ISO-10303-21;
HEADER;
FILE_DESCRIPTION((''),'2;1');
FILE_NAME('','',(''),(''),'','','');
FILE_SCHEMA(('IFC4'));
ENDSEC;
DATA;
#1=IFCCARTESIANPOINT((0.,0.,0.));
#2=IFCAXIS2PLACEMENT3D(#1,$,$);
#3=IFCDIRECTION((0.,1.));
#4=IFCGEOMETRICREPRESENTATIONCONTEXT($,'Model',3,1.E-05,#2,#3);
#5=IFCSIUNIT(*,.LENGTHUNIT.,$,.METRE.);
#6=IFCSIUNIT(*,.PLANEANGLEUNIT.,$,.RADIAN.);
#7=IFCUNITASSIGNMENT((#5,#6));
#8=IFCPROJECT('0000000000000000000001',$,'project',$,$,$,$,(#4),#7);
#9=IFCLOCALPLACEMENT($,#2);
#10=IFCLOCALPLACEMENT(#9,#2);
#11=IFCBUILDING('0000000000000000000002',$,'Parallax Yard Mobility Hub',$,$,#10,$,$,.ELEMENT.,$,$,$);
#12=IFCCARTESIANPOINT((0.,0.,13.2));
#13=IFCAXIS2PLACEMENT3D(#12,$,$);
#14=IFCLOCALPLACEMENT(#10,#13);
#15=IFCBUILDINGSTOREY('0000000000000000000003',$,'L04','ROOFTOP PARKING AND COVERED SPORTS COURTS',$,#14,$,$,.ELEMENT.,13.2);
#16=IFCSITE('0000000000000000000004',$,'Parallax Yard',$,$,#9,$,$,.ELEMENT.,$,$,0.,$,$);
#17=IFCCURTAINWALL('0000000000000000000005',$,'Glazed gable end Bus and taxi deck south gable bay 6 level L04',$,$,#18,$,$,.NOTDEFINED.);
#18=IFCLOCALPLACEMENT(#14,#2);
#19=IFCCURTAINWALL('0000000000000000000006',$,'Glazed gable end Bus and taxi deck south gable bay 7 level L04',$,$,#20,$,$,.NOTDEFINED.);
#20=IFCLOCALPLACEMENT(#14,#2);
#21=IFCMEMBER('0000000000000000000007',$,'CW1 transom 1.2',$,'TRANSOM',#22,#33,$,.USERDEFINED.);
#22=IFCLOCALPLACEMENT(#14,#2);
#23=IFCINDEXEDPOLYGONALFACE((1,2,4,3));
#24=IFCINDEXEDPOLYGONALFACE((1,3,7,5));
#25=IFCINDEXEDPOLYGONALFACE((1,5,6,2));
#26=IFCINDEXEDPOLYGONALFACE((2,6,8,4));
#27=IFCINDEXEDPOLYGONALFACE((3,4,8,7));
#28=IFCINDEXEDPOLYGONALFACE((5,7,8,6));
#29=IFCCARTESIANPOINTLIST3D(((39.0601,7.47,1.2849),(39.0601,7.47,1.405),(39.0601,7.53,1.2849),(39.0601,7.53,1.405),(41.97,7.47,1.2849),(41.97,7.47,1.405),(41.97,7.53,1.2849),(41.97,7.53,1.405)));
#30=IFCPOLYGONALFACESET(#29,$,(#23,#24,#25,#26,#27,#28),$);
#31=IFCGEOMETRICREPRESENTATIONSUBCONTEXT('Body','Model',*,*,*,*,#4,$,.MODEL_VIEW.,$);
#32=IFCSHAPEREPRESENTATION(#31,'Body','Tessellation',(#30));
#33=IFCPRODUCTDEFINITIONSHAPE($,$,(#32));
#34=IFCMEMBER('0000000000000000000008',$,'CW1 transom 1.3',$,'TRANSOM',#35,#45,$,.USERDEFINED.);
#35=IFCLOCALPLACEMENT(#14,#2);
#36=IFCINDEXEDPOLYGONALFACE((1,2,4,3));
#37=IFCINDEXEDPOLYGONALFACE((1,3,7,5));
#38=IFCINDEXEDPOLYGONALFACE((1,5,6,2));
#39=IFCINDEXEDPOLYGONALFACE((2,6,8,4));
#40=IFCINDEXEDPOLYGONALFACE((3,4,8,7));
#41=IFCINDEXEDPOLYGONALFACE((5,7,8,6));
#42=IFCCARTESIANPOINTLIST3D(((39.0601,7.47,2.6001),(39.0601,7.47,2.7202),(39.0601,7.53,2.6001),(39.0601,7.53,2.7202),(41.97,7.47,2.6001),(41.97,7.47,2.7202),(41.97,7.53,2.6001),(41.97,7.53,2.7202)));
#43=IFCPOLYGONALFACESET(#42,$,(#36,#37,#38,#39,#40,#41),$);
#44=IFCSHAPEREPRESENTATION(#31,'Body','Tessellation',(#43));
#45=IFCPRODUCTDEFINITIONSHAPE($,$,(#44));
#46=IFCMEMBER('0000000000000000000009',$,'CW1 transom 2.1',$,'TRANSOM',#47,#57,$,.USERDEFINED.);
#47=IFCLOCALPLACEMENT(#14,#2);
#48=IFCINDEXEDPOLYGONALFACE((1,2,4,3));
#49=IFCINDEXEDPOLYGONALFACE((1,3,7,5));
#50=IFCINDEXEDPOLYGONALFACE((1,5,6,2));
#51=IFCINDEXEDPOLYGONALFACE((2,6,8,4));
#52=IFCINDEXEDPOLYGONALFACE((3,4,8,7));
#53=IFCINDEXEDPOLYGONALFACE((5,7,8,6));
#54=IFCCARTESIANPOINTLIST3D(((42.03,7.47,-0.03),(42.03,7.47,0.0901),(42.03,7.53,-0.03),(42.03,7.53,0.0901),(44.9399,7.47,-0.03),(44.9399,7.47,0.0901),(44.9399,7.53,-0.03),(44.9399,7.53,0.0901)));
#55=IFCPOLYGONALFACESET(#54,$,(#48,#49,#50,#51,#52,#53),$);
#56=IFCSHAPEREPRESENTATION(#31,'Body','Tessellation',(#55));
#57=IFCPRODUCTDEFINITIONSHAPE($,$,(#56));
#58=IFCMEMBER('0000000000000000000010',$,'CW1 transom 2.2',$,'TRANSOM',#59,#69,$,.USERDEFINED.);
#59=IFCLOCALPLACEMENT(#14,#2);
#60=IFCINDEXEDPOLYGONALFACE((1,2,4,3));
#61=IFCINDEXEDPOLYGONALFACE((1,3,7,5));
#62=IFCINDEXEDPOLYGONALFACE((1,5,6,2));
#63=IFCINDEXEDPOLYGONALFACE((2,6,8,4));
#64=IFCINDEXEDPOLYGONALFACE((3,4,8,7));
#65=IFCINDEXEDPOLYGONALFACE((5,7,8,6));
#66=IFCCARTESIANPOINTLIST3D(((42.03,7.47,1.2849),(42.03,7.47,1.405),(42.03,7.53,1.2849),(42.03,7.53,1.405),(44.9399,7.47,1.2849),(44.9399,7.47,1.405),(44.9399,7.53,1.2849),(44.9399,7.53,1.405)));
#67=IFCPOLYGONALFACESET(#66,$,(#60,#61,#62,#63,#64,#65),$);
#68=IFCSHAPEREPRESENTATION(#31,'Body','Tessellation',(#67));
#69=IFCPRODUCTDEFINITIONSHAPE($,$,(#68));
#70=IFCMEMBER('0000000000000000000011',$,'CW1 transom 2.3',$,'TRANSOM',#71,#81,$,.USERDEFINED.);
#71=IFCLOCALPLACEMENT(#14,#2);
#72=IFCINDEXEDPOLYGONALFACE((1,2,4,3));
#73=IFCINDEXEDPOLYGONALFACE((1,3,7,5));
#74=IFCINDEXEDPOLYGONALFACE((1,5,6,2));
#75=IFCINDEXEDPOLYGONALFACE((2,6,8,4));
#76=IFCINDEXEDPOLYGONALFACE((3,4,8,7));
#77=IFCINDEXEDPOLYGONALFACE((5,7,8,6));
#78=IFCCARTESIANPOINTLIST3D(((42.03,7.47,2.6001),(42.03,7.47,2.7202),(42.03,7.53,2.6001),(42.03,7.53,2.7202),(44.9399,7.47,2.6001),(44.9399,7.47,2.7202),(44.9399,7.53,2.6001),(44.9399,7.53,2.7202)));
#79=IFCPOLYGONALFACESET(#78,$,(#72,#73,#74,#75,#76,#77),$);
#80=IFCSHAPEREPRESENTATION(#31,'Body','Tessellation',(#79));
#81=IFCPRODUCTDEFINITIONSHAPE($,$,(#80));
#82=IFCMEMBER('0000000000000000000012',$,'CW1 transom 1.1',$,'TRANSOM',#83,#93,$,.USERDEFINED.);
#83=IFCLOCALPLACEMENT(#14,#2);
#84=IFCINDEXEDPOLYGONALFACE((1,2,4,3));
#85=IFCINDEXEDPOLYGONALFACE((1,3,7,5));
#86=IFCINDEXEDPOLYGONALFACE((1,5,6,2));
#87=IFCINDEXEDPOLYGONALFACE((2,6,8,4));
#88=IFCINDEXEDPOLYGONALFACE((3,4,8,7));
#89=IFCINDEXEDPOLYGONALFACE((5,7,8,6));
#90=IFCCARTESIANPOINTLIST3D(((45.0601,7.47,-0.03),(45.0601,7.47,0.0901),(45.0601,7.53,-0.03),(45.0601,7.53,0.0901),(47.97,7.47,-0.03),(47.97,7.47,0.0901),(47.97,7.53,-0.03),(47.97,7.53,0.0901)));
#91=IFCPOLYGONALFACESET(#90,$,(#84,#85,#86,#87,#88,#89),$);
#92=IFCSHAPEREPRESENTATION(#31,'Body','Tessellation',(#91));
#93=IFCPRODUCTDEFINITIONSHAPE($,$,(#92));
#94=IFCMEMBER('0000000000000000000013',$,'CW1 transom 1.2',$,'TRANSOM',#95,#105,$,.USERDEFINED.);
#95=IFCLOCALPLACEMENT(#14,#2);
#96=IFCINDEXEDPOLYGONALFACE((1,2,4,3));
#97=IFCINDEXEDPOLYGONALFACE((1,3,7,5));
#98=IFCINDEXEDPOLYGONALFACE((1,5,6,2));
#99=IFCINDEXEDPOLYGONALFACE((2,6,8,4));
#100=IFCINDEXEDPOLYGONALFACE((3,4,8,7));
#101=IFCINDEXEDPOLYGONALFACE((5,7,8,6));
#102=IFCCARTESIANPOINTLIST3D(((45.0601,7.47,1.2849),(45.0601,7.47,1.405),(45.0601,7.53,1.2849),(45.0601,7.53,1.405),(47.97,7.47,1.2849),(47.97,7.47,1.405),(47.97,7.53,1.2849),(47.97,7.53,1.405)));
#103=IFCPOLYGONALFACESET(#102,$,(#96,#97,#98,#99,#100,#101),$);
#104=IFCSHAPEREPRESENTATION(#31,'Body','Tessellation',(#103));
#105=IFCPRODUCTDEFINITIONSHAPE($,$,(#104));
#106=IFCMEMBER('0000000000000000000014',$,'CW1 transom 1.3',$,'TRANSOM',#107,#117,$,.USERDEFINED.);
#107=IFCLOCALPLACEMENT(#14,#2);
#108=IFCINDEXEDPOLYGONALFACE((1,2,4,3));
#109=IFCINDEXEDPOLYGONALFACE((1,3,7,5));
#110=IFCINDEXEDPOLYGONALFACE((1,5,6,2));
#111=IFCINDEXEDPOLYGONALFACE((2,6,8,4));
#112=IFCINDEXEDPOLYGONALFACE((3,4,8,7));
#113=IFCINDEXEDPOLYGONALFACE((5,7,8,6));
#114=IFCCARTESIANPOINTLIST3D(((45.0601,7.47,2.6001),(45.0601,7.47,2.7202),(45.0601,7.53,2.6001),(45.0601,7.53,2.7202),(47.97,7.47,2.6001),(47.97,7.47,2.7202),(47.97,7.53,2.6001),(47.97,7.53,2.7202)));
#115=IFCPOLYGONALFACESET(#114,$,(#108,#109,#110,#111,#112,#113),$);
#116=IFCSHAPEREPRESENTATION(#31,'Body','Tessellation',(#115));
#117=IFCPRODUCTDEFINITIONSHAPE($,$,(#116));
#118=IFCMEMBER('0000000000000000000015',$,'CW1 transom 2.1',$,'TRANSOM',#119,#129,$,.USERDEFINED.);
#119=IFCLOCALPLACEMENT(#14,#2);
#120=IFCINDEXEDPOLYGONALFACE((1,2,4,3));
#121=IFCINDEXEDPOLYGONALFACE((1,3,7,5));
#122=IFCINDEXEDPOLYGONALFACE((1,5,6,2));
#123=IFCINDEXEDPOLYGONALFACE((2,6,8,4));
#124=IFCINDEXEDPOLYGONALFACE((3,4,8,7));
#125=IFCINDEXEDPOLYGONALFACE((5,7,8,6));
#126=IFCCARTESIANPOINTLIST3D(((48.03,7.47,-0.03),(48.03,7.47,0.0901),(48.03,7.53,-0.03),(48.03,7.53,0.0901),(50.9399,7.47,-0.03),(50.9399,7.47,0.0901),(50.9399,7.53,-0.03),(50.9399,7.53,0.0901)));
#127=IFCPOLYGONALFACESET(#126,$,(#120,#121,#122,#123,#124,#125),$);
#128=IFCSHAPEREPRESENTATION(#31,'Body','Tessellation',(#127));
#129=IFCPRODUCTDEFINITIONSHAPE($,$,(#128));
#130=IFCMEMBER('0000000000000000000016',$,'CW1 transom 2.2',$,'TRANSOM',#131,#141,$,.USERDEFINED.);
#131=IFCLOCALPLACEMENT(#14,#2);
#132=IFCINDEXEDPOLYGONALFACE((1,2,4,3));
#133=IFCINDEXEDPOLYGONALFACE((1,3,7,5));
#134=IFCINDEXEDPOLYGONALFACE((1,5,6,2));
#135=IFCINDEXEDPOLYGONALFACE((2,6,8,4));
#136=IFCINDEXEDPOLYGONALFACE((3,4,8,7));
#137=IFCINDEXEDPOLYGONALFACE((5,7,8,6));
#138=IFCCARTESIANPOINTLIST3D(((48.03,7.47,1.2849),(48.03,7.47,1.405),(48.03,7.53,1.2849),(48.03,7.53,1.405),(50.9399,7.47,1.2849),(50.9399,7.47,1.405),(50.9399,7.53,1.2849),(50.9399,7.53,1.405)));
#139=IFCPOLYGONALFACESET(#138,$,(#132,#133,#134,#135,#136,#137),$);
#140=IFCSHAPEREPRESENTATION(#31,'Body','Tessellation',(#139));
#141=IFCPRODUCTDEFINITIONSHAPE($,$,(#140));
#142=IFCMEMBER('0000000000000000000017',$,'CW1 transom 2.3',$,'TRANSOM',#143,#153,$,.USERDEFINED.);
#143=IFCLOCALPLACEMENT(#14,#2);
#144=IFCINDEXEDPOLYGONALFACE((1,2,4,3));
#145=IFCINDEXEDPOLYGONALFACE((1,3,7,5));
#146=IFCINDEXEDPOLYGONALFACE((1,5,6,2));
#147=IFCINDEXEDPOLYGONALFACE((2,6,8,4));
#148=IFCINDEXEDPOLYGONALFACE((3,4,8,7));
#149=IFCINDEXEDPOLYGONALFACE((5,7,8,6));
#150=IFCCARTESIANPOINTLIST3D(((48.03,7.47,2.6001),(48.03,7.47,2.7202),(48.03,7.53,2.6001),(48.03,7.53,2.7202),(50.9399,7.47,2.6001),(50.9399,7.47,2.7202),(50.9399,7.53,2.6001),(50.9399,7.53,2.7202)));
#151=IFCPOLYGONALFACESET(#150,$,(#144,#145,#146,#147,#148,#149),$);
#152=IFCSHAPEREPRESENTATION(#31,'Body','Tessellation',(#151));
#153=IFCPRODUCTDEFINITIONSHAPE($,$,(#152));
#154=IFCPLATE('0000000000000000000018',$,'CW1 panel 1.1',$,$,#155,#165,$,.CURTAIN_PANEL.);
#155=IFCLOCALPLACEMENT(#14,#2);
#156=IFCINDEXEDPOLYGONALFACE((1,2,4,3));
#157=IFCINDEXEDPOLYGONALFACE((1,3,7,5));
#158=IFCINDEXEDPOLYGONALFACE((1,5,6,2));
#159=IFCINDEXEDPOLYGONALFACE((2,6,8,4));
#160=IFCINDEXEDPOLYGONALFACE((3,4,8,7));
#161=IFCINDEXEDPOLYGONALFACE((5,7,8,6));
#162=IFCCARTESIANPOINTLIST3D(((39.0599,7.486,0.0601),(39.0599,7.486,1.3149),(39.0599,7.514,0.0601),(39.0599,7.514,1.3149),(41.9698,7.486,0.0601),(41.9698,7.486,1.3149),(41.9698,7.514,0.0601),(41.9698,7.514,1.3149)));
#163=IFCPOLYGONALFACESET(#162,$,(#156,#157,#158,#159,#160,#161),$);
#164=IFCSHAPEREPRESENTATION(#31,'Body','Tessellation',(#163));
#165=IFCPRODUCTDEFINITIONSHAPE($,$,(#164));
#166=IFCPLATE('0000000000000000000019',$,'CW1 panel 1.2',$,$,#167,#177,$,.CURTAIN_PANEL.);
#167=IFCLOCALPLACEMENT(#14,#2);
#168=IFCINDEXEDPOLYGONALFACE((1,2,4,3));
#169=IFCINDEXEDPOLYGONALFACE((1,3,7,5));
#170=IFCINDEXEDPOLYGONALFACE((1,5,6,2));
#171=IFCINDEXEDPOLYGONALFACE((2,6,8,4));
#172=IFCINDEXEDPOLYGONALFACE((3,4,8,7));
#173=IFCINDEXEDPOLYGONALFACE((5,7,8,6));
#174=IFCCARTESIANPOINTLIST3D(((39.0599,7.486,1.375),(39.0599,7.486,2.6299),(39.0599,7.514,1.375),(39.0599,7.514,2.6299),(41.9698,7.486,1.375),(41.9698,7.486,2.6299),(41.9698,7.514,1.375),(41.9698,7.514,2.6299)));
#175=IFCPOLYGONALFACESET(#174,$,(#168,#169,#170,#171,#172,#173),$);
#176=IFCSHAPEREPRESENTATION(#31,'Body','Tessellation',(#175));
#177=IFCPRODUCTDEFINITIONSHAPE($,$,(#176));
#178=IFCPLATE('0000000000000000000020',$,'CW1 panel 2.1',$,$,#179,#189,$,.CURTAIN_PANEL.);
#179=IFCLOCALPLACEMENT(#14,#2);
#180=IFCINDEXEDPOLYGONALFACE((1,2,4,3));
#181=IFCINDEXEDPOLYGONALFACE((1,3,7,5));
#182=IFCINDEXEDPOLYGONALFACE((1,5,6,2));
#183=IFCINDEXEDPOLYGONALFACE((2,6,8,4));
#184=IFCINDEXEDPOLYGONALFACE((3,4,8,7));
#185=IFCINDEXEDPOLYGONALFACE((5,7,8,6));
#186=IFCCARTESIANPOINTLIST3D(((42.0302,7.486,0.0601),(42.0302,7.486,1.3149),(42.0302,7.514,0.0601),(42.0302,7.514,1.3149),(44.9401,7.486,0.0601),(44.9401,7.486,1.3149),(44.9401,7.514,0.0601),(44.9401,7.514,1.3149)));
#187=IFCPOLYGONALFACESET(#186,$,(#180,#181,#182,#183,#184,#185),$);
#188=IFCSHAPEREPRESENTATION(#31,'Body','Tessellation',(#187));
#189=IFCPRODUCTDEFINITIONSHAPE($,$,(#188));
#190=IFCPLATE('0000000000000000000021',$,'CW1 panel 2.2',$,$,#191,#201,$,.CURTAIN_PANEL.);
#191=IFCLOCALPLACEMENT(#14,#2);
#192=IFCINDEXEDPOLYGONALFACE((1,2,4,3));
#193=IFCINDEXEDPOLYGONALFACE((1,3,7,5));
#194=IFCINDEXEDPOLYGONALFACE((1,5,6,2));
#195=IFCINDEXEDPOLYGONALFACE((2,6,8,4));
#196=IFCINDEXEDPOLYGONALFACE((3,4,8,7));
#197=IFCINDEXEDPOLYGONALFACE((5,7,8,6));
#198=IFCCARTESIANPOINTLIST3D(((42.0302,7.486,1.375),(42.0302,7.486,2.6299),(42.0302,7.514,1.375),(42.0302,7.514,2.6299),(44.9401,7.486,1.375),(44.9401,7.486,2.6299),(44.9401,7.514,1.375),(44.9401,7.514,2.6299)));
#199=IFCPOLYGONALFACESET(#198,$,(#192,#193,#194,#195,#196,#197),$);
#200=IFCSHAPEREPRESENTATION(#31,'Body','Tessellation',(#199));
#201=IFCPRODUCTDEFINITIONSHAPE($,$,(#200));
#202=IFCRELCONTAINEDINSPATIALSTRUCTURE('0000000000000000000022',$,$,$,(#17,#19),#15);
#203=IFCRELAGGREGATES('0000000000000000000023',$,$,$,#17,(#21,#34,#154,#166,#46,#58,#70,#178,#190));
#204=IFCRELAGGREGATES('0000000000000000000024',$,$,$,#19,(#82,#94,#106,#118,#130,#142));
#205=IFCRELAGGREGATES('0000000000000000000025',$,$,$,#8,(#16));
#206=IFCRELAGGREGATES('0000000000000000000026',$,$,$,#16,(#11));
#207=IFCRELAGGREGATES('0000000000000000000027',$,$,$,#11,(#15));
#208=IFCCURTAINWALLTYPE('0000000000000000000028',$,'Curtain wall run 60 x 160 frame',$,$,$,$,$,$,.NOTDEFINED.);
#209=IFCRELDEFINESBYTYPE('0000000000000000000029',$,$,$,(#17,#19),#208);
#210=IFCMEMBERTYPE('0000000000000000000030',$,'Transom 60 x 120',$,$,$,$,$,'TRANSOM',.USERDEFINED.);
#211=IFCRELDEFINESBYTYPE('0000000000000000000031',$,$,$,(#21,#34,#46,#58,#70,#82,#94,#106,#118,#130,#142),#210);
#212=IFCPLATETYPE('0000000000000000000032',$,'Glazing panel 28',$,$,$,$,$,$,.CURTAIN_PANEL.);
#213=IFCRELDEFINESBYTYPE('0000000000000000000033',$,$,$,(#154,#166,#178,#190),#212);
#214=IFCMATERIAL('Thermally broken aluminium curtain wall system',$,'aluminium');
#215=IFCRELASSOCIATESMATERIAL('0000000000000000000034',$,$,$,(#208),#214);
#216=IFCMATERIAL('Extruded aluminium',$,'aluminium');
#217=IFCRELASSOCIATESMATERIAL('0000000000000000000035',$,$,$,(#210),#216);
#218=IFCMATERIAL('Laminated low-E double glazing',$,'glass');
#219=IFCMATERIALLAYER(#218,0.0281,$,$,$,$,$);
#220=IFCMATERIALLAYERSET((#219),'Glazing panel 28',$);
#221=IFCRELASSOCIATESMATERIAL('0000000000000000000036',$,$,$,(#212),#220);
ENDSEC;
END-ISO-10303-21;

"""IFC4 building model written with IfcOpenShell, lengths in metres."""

from ifc_helpers import new_model, si_unit, direction, frame, origin, origin_2d, place, context, subcontext, project, spatial, rectangle, extrude, material, layer, layer_set, material_profile, profile_set, type_object, element, aggregate, save


model = new_model("IFC4")

# Units and contexts
model_context = context("Model", 3, precision=1e-05, world=origin(), true_north=direction((0.0, 1.0)))
body_context = subcontext(model_context, "Body", "Model", "MODEL_VIEW")
ifc_project = project(units=[si_unit("LENGTHUNIT", "METRE"), si_unit("PLANEANGLEUNIT", "RADIAN")], contexts=[model_context])

# Site, building, storey
site_placement = place(None, origin())
site = spatial("IfcSite", under=ifc_project, at=site_placement, Name="Parallax Yard", CompositionType="ELEMENT", RefElevation=0.0)
building_placement = place(site_placement, origin())
building = spatial("IfcBuilding", under=site, at=building_placement, Name="Parallax Yard Mobility Hub", CompositionType="ELEMENT")
storey_placement = place(building_placement, frame((0.0, 0.0, 13.2)))
storey = spatial("IfcBuildingStorey", under=building, at=storey_placement, Name="L04", Description="ROOFTOP PARKING AND COVERED SPORTS COURTS", CompositionType="ELEMENT", Elevation=13.2)

# Shared definitions
ifc_material_1 = material(Name="Thermally broken aluminium curtain wall system", Category="aluminium")
curtain_wall_type = type_object("IfcCurtainWallType", Name="Curtain wall run 60 x 160 frame", PredefinedType="NOTDEFINED", material=ifc_material_1)
ifc_material_2 = material(Name="Extruded aluminium", Category="aluminium")

# Curtain walls
curtain_wall_1_placement = place(storey_placement, origin())
curtain_wall_1 = element("IfcCurtainWall", 1, at=curtain_wall_1_placement, inside=storey, type_object=curtain_wall_type, Name="Glazed gable end Bus and taxi deck south gable bay 6 level L04", PredefinedType="NOTDEFINED")
curtain_wall_2_placement = place(storey_placement, origin())
curtain_wall_2 = element("IfcCurtainWall", 2, at=curtain_wall_2_placement, inside=storey, type_object=curtain_wall_type, Name="Glazed gable end Bus and taxi deck south gable bay 7 level L04", PredefinedType="NOTDEFINED")

# Members
ifc_material_profile_1 = material_profile(ifc_material_2, rectangle(XDim=0.0601, YDim=0.1201, at=origin_2d()), Name="Transom 60 x 120")
ifc_profile_set_1 = profile_set([ifc_material_profile_1], Name="Extruded aluminium")
member_type_1 = type_object("IfcMemberType", Name="Transom 60 x 120", ElementType="TRANSOM", PredefinedType="USERDEFINED", material=ifc_profile_set_1)
member_1_placement = place(storey_placement, frame((39.0601, 7.5, 1.345), z_axis=(1.0, 0.0, 0.0), x_axis=(0.0, 1.0, 0.0)))
member_1 = element("IfcMember", 3, at=member_1_placement, type_object=member_type_1, Name="CW1 transom 1.2", ObjectType="TRANSOM", PredefinedType="USERDEFINED", context=body_context, shape_type="SweptSolid", body=[
    extrude(rectangle(XDim=0.0601, YDim=0.1201, at=origin_2d()), origin(), (0.0, 0.0, 1.0), 2.9099),
])
member_2_placement = place(storey_placement, frame((39.0601, 7.5, 2.6602), z_axis=(1.0, 0.0, 0.0), x_axis=(0.0, 1.0, 0.0)))
member_2 = element("IfcMember", 4, at=member_2_placement, type_object=member_type_1, Name="CW1 transom 1.3", ObjectType="TRANSOM", PredefinedType="USERDEFINED", context=body_context, shape_type="SweptSolid", body=[
    extrude(rectangle(XDim=0.0601, YDim=0.1201, at=origin_2d()), origin(), (0.0, 0.0, 1.0), 2.9099),
])
member_3_placement = place(storey_placement, frame((42.03, 7.5, 0.03), z_axis=(1.0, 0.0, 0.0), x_axis=(0.0, 1.0, 0.0)))
member_3 = element("IfcMember", 5, at=member_3_placement, type_object=member_type_1, Name="CW1 transom 2.1", ObjectType="TRANSOM", PredefinedType="USERDEFINED", context=body_context, shape_type="SweptSolid", body=[
    extrude(rectangle(XDim=0.0601, YDim=0.1201, at=origin_2d()), origin(), (0.0, 0.0, 1.0), 2.9099),
])
member_4_placement = place(storey_placement, frame((42.03, 7.5, 1.345), z_axis=(1.0, 0.0, 0.0), x_axis=(0.0, 1.0, 0.0)))
member_4 = element("IfcMember", 6, at=member_4_placement, type_object=member_type_1, Name="CW1 transom 2.2", ObjectType="TRANSOM", PredefinedType="USERDEFINED", context=body_context, shape_type="SweptSolid", body=[
    extrude(rectangle(XDim=0.0601, YDim=0.1201, at=origin_2d()), origin(), (0.0, 0.0, 1.0), 2.9099),
])
member_5_placement = place(storey_placement, frame((42.03, 7.5, 2.6602), z_axis=(1.0, 0.0, 0.0), x_axis=(0.0, 1.0, 0.0)))
member_5 = element("IfcMember", 7, at=member_5_placement, type_object=member_type_1, Name="CW1 transom 2.3", ObjectType="TRANSOM", PredefinedType="USERDEFINED", context=body_context, shape_type="SweptSolid", body=[
    extrude(rectangle(XDim=0.0601, YDim=0.1201, at=origin_2d()), origin(), (0.0, 0.0, 1.0), 2.9099),
])
member_6_placement = place(storey_placement, frame((45.0601, 7.5, 0.03), z_axis=(1.0, 0.0, 0.0), x_axis=(0.0, 1.0, 0.0)))
member_6 = element("IfcMember", 8, at=member_6_placement, type_object=member_type_1, Name="CW1 transom 1.1", ObjectType="TRANSOM", PredefinedType="USERDEFINED", context=body_context, shape_type="SweptSolid", body=[
    extrude(rectangle(XDim=0.0601, YDim=0.1201, at=origin_2d()), origin(), (0.0, 0.0, 1.0), 2.9099),
])
member_7_placement = place(storey_placement, frame((45.0601, 7.5, 1.345), z_axis=(1.0, 0.0, 0.0), x_axis=(0.0, 1.0, 0.0)))
member_7 = element("IfcMember", 9, at=member_7_placement, type_object=member_type_1, Name="CW1 transom 1.2", ObjectType="TRANSOM", PredefinedType="USERDEFINED", context=body_context, shape_type="SweptSolid", body=[
    extrude(rectangle(XDim=0.0601, YDim=0.1201, at=origin_2d()), origin(), (0.0, 0.0, 1.0), 2.9099),
])
member_8_placement = place(storey_placement, frame((45.0601, 7.5, 2.6602), z_axis=(1.0, 0.0, 0.0), x_axis=(0.0, 1.0, 0.0)))
member_8 = element("IfcMember", 10, at=member_8_placement, type_object=member_type_1, Name="CW1 transom 1.3", ObjectType="TRANSOM", PredefinedType="USERDEFINED", context=body_context, shape_type="SweptSolid", body=[
    extrude(rectangle(XDim=0.0601, YDim=0.1201, at=origin_2d()), origin(), (0.0, 0.0, 1.0), 2.9099),
])
member_9_placement = place(storey_placement, frame((48.03, 7.5, 0.03), z_axis=(1.0, 0.0, 0.0), x_axis=(0.0, 1.0, 0.0)))
member_9 = element("IfcMember", 11, at=member_9_placement, type_object=member_type_1, Name="CW1 transom 2.1", ObjectType="TRANSOM", PredefinedType="USERDEFINED", context=body_context, shape_type="SweptSolid", body=[
    extrude(rectangle(XDim=0.0601, YDim=0.1201, at=origin_2d()), origin(), (0.0, 0.0, 1.0), 2.9099),
])
member_10_placement = place(storey_placement, frame((48.03, 7.5, 1.345), z_axis=(1.0, 0.0, 0.0), x_axis=(0.0, 1.0, 0.0)))
member_10 = element("IfcMember", 12, at=member_10_placement, type_object=member_type_1, Name="CW1 transom 2.2", ObjectType="TRANSOM", PredefinedType="USERDEFINED", context=body_context, shape_type="SweptSolid", body=[
    extrude(rectangle(XDim=0.0601, YDim=0.1201, at=origin_2d()), origin(), (0.0, 0.0, 1.0), 2.9099),
])
member_11_placement = place(storey_placement, frame((48.03, 7.5, 2.6602), z_axis=(1.0, 0.0, 0.0), x_axis=(0.0, 1.0, 0.0)))
member_11 = element("IfcMember", 13, at=member_11_placement, type_object=member_type_1, Name="CW1 transom 2.3", ObjectType="TRANSOM", PredefinedType="USERDEFINED", context=body_context, shape_type="SweptSolid", body=[
    extrude(rectangle(XDim=0.0601, YDim=0.1201, at=origin_2d()), origin(), (0.0, 0.0, 1.0), 2.9099),
])

# Plates
ifc_material_3 = material(Name="Laminated low-E double glazing", Category="glass")
ifc_layer = layer(ifc_material_3, 0.0281)
ifc_layer_set = layer_set([ifc_layer], Name="Glazing panel 28")
plate_type = type_object("IfcPlateType", Name="Glazing panel 28", PredefinedType="CURTAIN_PANEL", material=ifc_layer_set)
plate_1_placement = place(storey_placement, frame((40.5149, 7.5, 0.0601), z_axis=(0.0, 0.0, 1.0), x_axis=(1.0, 0.0, 0.0)))
plate_1 = element("IfcPlate", 14, at=plate_1_placement, type_object=plate_type, Name="CW1 panel 1.1", PredefinedType="CURTAIN_PANEL", context=body_context, shape_type="SweptSolid", body=[
    extrude(rectangle(XDim=2.9099, YDim=0.0281, at=origin_2d()), origin(), (0.0, 0.0, 1.0), 1.2549),
])
plate_2_placement = place(storey_placement, frame((40.5149, 7.5, 1.375), z_axis=(0.0, 0.0, 1.0), x_axis=(1.0, 0.0, 0.0)))
plate_2 = element("IfcPlate", 15, at=plate_2_placement, type_object=plate_type, Name="CW1 panel 1.2", PredefinedType="CURTAIN_PANEL", context=body_context, shape_type="SweptSolid", body=[
    extrude(rectangle(XDim=2.9099, YDim=0.0281, at=origin_2d()), origin(), (0.0, 0.0, 1.0), 1.2549),
])
plate_3_placement = place(storey_placement, frame((43.4851, 7.5, 0.0601), z_axis=(0.0, 0.0, 1.0), x_axis=(1.0, 0.0, 0.0)))
plate_3 = element("IfcPlate", 16, at=plate_3_placement, type_object=plate_type, Name="CW1 panel 2.1", PredefinedType="CURTAIN_PANEL", context=body_context, shape_type="SweptSolid", body=[
    extrude(rectangle(XDim=2.9099, YDim=0.0281, at=origin_2d()), origin(), (0.0, 0.0, 1.0), 1.2549),
])
plate_4_placement = place(storey_placement, frame((43.4851, 7.5, 1.375), z_axis=(0.0, 0.0, 1.0), x_axis=(1.0, 0.0, 0.0)))
plate_4 = element("IfcPlate", 17, at=plate_4_placement, type_object=plate_type, Name="CW1 panel 2.2", PredefinedType="CURTAIN_PANEL", context=body_context, shape_type="SweptSolid", body=[
    extrude(rectangle(XDim=2.9099, YDim=0.0281, at=origin_2d()), origin(), (0.0, 0.0, 1.0), 1.2549),
])
aggregate(curtain_wall_1, [member_1, member_2, plate_1, plate_2, member_3, member_4, member_5, plate_3, plate_4])
aggregate(curtain_wall_2, [member_6, member_7, member_8, member_9, member_10, member_11])

save(model, "model.ifc")
